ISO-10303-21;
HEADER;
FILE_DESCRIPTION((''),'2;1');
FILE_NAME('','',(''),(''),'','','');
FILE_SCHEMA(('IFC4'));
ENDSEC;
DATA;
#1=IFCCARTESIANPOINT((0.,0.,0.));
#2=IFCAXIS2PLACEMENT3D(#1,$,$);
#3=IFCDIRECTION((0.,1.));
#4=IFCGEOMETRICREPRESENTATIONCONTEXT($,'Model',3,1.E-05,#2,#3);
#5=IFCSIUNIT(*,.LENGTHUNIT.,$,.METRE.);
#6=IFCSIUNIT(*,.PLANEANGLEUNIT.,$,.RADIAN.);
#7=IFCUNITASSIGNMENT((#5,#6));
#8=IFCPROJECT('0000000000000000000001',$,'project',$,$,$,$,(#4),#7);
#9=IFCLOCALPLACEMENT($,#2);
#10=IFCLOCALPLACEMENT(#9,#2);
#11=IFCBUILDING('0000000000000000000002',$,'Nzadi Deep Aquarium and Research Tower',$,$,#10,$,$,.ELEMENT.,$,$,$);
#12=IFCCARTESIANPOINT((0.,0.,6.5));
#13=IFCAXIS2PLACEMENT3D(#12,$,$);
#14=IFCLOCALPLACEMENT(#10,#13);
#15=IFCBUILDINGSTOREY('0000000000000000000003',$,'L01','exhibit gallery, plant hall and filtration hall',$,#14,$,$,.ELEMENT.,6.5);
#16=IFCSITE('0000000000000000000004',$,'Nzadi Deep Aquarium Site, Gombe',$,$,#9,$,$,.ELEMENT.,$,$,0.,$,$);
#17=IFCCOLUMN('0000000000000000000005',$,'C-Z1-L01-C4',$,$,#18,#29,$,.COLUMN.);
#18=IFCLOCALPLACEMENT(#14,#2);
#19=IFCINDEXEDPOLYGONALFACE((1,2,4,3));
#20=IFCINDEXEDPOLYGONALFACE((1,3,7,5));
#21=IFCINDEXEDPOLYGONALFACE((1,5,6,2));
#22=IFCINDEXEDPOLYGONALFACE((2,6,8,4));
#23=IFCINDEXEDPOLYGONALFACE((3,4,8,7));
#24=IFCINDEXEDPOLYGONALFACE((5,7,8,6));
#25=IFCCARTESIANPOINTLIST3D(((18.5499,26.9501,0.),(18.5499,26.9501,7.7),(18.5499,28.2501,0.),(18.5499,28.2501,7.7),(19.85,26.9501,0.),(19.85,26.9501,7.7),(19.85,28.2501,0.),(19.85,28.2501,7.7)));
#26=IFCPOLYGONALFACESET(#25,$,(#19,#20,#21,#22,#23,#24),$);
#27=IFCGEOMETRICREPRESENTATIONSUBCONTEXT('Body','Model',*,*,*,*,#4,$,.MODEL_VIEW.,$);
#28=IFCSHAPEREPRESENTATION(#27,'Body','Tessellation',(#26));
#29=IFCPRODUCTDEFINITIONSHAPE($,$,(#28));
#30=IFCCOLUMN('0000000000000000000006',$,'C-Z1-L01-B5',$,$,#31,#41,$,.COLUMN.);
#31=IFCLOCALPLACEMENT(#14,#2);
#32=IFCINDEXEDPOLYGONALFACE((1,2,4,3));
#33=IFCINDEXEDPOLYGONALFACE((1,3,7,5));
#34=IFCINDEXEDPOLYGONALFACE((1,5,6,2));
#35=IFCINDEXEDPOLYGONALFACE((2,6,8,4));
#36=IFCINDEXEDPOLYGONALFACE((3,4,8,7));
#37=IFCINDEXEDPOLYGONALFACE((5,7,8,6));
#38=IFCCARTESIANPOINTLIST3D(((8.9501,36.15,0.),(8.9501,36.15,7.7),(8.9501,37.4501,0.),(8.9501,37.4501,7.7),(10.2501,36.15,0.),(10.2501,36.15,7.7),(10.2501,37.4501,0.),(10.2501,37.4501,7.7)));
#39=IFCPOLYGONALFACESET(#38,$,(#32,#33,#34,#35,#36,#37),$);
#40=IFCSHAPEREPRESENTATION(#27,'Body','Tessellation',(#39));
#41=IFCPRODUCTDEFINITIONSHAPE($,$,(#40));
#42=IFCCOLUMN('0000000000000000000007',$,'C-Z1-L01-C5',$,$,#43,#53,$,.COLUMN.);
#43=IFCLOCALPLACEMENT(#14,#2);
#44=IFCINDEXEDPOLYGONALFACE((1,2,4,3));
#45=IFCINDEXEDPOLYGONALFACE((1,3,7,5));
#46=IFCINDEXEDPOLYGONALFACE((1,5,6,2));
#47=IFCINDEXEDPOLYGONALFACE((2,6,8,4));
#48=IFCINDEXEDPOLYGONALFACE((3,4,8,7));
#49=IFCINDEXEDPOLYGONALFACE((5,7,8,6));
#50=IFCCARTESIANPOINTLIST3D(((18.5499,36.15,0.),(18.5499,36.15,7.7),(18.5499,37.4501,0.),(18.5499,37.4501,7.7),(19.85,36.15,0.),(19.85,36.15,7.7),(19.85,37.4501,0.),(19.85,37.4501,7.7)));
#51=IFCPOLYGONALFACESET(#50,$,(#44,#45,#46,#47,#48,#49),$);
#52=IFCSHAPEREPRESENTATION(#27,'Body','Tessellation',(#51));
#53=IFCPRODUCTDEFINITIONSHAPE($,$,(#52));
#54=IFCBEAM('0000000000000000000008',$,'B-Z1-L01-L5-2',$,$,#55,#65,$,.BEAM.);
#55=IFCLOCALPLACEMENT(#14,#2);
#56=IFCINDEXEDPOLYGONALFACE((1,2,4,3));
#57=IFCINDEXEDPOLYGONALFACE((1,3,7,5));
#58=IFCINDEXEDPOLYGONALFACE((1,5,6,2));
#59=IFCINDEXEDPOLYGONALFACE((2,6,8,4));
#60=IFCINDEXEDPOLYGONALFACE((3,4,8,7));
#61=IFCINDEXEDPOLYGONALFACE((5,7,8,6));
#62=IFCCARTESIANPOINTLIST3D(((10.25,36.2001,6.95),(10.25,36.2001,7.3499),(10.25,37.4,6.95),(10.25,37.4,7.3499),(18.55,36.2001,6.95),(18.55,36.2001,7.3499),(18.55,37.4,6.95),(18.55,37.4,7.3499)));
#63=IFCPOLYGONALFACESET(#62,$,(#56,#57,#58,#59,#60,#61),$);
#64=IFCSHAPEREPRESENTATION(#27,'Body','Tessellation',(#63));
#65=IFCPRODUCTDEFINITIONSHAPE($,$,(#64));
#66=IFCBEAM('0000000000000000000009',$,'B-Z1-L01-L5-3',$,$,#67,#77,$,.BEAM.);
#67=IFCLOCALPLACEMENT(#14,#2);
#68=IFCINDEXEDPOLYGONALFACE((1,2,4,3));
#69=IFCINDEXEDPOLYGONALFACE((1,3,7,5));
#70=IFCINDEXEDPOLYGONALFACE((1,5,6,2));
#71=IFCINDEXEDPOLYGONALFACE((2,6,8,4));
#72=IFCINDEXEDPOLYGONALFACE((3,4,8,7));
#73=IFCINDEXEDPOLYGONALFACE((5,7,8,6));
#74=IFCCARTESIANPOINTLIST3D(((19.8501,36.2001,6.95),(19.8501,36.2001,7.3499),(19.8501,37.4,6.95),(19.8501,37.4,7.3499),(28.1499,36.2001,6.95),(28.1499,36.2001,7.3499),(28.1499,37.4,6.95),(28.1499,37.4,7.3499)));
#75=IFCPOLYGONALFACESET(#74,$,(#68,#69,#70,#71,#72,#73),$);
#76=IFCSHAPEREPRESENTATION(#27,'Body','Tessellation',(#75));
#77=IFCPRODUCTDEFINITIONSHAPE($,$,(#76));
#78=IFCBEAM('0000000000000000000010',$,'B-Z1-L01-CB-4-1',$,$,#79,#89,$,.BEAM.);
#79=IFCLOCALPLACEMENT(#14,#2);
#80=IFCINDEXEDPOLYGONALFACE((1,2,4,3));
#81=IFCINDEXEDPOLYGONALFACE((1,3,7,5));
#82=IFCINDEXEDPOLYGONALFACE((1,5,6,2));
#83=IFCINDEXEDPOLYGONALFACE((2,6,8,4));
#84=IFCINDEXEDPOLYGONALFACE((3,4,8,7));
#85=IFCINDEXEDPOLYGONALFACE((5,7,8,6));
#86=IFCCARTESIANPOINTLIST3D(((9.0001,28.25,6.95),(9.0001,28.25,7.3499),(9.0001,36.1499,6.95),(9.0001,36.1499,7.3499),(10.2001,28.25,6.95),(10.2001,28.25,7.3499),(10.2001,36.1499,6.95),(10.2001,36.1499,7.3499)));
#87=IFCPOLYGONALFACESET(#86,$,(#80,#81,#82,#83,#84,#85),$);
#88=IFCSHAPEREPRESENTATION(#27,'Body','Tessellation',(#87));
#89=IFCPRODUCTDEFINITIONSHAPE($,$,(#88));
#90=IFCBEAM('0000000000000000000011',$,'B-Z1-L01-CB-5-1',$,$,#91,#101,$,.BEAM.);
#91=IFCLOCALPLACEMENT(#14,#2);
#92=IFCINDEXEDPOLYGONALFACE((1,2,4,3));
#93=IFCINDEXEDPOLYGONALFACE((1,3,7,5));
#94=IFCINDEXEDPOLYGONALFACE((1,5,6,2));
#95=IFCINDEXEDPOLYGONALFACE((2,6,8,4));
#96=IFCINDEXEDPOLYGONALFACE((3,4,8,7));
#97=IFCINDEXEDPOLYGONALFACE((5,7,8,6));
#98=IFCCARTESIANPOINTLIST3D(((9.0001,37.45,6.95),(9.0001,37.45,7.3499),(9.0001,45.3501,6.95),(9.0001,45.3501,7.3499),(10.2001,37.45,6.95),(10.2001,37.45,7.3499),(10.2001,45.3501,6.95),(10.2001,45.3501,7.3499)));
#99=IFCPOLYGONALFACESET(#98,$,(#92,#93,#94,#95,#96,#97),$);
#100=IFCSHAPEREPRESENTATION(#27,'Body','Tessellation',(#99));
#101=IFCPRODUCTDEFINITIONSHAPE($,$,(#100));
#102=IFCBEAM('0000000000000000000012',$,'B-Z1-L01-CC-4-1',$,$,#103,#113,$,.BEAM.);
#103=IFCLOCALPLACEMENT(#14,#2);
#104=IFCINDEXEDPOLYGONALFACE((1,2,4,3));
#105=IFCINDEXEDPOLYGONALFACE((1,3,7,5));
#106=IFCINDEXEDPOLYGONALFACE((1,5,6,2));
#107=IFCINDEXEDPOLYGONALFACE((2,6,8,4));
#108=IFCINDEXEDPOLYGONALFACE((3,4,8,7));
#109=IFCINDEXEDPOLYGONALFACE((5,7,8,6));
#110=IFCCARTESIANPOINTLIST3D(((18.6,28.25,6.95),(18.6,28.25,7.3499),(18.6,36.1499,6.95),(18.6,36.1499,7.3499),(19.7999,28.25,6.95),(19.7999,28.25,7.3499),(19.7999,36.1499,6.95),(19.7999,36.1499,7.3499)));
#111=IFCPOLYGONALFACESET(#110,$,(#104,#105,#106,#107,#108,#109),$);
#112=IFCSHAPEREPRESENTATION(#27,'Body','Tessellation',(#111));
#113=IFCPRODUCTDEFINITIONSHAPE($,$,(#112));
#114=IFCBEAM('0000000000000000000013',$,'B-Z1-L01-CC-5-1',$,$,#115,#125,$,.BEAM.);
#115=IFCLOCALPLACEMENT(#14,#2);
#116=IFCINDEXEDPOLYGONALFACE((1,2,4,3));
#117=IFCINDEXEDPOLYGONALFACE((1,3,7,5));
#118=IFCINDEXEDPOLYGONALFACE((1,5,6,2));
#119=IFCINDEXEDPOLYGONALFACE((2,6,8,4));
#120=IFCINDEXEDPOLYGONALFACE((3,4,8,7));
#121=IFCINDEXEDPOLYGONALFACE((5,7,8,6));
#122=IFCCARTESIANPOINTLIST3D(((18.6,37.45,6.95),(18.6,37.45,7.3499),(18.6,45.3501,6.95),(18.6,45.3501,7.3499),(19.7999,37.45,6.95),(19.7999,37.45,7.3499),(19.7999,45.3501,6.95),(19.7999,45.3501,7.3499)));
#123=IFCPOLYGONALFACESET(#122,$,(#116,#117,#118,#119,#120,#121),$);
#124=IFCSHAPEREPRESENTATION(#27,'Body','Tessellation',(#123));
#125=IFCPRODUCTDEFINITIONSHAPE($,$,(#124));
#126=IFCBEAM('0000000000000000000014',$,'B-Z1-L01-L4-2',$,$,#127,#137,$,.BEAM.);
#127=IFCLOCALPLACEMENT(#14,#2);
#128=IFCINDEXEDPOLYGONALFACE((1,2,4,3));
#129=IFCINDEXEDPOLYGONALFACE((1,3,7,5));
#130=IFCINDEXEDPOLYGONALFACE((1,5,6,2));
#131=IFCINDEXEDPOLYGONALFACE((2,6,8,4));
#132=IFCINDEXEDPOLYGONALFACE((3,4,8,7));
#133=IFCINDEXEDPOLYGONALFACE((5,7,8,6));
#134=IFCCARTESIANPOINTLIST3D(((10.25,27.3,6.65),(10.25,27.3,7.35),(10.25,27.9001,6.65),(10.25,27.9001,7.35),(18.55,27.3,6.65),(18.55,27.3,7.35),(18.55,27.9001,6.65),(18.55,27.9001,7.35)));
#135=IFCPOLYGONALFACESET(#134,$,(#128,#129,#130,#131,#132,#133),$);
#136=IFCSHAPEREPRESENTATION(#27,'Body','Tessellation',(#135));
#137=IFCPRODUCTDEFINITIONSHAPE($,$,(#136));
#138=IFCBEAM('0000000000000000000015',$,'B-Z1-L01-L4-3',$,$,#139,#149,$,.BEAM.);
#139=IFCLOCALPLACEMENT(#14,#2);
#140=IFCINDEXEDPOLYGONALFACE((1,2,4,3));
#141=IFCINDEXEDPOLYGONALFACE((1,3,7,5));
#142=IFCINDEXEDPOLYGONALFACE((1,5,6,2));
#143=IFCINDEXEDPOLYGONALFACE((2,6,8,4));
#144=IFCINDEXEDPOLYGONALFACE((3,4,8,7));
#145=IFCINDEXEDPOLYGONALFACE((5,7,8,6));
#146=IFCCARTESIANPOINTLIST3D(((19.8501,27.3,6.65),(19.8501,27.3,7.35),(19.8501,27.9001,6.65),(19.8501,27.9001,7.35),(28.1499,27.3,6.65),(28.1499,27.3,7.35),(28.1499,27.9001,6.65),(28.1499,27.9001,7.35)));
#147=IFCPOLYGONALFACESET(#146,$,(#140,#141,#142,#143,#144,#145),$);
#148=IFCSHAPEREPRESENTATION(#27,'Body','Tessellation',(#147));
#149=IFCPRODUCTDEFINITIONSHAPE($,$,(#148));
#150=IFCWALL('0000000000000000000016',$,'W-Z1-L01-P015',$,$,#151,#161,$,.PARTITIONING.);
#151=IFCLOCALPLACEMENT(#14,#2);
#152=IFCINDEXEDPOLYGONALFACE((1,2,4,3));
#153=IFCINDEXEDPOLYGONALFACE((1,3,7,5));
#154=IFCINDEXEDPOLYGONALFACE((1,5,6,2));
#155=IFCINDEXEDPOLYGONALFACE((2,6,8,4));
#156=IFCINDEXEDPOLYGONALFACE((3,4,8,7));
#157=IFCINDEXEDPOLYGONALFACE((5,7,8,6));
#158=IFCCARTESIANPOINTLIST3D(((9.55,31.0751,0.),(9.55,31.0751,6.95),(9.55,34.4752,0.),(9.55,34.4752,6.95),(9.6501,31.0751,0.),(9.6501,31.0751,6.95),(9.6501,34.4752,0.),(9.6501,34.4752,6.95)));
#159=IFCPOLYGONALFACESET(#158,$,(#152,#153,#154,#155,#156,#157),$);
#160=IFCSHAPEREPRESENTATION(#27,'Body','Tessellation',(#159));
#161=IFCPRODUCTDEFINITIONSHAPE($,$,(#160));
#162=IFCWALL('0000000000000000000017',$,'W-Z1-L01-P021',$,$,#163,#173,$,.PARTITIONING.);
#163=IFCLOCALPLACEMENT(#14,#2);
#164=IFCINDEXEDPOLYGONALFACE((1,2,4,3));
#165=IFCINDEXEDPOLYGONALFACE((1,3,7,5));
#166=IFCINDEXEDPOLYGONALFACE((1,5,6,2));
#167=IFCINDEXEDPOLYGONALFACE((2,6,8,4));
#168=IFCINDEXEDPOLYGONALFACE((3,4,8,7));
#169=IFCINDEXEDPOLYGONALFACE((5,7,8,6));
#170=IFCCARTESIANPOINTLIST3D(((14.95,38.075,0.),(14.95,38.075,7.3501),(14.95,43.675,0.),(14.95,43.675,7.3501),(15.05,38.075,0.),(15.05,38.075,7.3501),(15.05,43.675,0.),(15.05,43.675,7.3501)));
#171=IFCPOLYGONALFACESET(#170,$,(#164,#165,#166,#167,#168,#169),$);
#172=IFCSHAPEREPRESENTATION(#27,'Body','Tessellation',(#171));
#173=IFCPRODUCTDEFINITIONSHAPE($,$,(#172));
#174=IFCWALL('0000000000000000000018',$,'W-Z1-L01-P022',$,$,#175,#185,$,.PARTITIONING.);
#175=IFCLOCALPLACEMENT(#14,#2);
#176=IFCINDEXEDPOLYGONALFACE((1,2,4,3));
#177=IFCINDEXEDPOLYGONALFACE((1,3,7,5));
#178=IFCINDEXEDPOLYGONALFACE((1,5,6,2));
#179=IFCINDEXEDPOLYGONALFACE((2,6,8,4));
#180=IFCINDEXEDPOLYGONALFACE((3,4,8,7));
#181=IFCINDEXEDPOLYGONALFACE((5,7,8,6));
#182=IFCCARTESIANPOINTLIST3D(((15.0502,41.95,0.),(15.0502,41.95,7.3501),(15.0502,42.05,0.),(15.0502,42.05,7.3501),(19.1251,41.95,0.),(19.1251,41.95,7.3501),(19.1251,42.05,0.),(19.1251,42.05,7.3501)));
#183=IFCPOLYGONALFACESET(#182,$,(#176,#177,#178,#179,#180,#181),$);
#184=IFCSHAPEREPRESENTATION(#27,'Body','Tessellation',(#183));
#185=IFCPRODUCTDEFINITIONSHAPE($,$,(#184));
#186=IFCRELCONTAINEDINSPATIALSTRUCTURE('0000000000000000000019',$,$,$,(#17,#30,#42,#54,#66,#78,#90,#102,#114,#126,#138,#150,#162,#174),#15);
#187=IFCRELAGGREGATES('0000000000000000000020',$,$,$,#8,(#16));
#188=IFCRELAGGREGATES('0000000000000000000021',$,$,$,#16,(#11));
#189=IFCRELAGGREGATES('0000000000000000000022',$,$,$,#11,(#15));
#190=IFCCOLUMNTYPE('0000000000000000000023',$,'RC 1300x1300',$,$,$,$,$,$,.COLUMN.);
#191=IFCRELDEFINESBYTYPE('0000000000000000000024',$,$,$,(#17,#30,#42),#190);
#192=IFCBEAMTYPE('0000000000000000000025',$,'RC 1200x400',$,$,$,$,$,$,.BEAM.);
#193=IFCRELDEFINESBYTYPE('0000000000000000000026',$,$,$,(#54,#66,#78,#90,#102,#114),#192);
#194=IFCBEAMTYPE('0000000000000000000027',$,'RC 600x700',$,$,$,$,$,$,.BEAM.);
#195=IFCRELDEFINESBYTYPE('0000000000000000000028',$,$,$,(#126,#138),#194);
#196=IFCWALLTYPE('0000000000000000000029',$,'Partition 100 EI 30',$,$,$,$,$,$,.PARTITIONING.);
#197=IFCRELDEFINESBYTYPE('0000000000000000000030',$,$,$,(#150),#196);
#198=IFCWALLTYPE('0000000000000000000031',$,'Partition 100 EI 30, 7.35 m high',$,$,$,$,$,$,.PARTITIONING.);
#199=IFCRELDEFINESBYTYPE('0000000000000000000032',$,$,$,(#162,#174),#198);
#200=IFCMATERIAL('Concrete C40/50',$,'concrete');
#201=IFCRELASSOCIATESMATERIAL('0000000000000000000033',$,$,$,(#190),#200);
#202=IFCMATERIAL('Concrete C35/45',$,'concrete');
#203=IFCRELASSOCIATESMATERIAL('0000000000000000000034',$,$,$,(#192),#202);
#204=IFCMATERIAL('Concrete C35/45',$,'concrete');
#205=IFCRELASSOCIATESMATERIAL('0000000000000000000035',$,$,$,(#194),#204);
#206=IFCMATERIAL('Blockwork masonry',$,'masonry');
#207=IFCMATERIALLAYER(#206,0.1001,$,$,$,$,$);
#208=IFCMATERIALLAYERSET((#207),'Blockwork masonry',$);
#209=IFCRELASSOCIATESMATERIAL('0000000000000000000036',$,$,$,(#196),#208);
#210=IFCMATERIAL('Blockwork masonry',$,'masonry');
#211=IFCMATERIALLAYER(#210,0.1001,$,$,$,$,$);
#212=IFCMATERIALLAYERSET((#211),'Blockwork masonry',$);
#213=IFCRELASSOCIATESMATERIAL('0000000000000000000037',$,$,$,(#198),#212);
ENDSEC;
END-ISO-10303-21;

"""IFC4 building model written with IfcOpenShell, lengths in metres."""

from ifc_helpers import new_model, si_unit, direction, frame, frame_2d, origin, origin_2d, place, context, subcontext, project, spatial, rectangle, extrude, material, layer, layer_set, material_profile, profile_set, type_object, element, save


model = new_model("IFC4")

# Units and contexts
model_context = context("Model", 3, precision=1e-05, world=origin(), true_north=direction((0.0, 1.0)))
body_context = subcontext(model_context, "Body", "Model", "MODEL_VIEW")
ifc_project = project(units=[si_unit("LENGTHUNIT", "METRE"), si_unit("PLANEANGLEUNIT", "RADIAN")], contexts=[model_context])

# Site, building, storey
site_placement = place(None, origin())
site = spatial("IfcSite", under=ifc_project, at=site_placement, Name="Nzadi Deep Aquarium Site, Gombe", CompositionType="ELEMENT", RefElevation=0.0)
building_placement = place(site_placement, origin())
building = spatial("IfcBuilding", under=site, at=building_placement, Name="Nzadi Deep Aquarium and Research Tower", CompositionType="ELEMENT")
storey_placement = place(building_placement, frame((0.0, 0.0, 6.5)))
storey = spatial("IfcBuildingStorey", under=building, at=storey_placement, Name="L01", Description="exhibit gallery, plant hall and filtration hall", CompositionType="ELEMENT", Elevation=6.5)

# Columns
ifc_material_1 = material(Name="Concrete C40/50", Category="concrete")
ifc_material_profile_1 = material_profile(ifc_material_1, rectangle(XDim=1.3, YDim=1.3, at=origin_2d()))
ifc_profile_set_1 = profile_set([ifc_material_profile_1], Name="Concrete C40/50")
column_type = type_object("IfcColumnType", Name="RC 1300x1300", PredefinedType="COLUMN", material=ifc_profile_set_1)
for number, where, z_axis, x_axis, name in (
    (1, (19.2, 27.6001, 0.0), (0.0, 0.0, 1.0), (1.0, 0.0, 0.0), "C-Z1-L01-C4"),
    (2, (9.6001, 36.8, 0.0), (0.0, 0.0, 1.0), (1.0, 0.0, 0.0), "C-Z1-L01-B5"),
    (3, (19.2, 36.8, 0.0), (0.0, 0.0, 1.0), (1.0, 0.0, 0.0), "C-Z1-L01-C5"),
):
    element("IfcColumn", number, at=place(storey_placement, frame(where, z_axis=z_axis, x_axis=x_axis)), inside=storey, type_object=column_type, Name=name, PredefinedType="COLUMN", context=body_context, shape_type="SweptSolid", body=[
        extrude(rectangle(XDim=1.3, YDim=1.3, at=origin_2d()), origin(), (0.0, 0.0, 1.0), 7.7),
    ])

# Beams
ifc_material_2 = material(Name="Concrete C35/45", Category="concrete")
ifc_material_profile_2 = material_profile(ifc_material_2, rectangle(XDim=1.2, YDim=0.3999, at=origin_2d()))
ifc_profile_set_2 = profile_set([ifc_material_profile_2], Name="Concrete C35/45")
beam_type_1 = type_object("IfcBeamType", Name="RC 1200x400", PredefinedType="BEAM", material=ifc_profile_set_2)
beam_1_placement = place(storey_placement, frame((10.25, 36.8, 7.1499), z_axis=(1.0, 0.0, 0.0), x_axis=(0.0, 1.0, 0.0)))
element("IfcBeam", 4, at=beam_1_placement, inside=storey, type_object=beam_type_1, Name="B-Z1-L01-L5-2", PredefinedType="BEAM", context=body_context, shape_type="SweptSolid", body=[
    extrude(rectangle(XDim=1.2, YDim=0.3999, at=origin_2d()), origin(), (0.0, 0.0, 1.0), 8.3),
])
beam_2_placement = place(storey_placement, frame((19.8501, 36.8, 7.1499), z_axis=(1.0, 0.0, 0.0), x_axis=(0.0, 1.0, 0.0)))
element("IfcBeam", 5, at=beam_2_placement, inside=storey, type_object=beam_type_1, Name="B-Z1-L01-L5-3", PredefinedType="BEAM", context=body_context, shape_type="SweptSolid", body=[
    extrude(rectangle(XDim=1.2, YDim=0.3999, at=origin_2d()), origin(), (0.0, 0.0, 1.0), 8.2998),
])
beam_3_placement = place(storey_placement, frame((9.6001, 28.25, 7.1499), z_axis=(0.0, 1.0, 0.0), x_axis=(-1.0, 0.0, 0.0)))
element("IfcBeam", 6, at=beam_3_placement, inside=storey, type_object=beam_type_1, Name="B-Z1-L01-CB-4-1", PredefinedType="BEAM", context=body_context, shape_type="SweptSolid", body=[
    extrude(rectangle(XDim=1.2, YDim=0.3999, at=origin_2d()), origin(), (0.0, 0.0, 1.0), 7.8999),
])
beam_4_placement = place(storey_placement, frame((9.6001, 37.45, 7.1499), z_axis=(0.0, 1.0, 0.0), x_axis=(-1.0, 0.0, 0.0)))
element("IfcBeam", 7, at=beam_4_placement, inside=storey, type_object=beam_type_1, Name="B-Z1-L01-CB-5-1", PredefinedType="BEAM", context=body_context, shape_type="SweptSolid", body=[
    extrude(rectangle(XDim=1.2, YDim=0.3999, at=origin_2d()), origin(), (0.0, 0.0, 1.0), 7.9001),
])
beam_5_placement = place(storey_placement, frame((19.2, 28.25, 7.1499), z_axis=(0.0, 1.0, 0.0), x_axis=(-1.0, 0.0, 0.0)))
element("IfcBeam", 8, at=beam_5_placement, inside=storey, type_object=beam_type_1, Name="B-Z1-L01-CC-4-1", PredefinedType="BEAM", context=body_context, shape_type="SweptSolid", body=[
    extrude(rectangle(XDim=1.2, YDim=0.3999, at=origin_2d()), origin(), (0.0, 0.0, 1.0), 7.8999),
])
beam_6_placement = place(storey_placement, frame((19.2, 37.45, 7.1499), z_axis=(0.0, 1.0, 0.0), x_axis=(-1.0, 0.0, 0.0)))
element("IfcBeam", 9, at=beam_6_placement, inside=storey, type_object=beam_type_1, Name="B-Z1-L01-CC-5-1", PredefinedType="BEAM", context=body_context, shape_type="SweptSolid", body=[
    extrude(rectangle(XDim=1.2, YDim=0.3999, at=origin_2d()), origin(), (0.0, 0.0, 1.0), 7.9001),
])
ifc_material_3 = material(Name="Concrete C35/45", Category="concrete")
ifc_material_profile_3 = material_profile(ifc_material_3, rectangle(XDim=0.6001, YDim=0.7, at=origin_2d()))
ifc_profile_set_3 = profile_set([ifc_material_profile_3], Name="Concrete C35/45")
beam_type_2 = type_object("IfcBeamType", Name="RC 600x700", PredefinedType="BEAM", material=ifc_profile_set_3)
beam_7_placement = place(storey_placement, frame((10.25, 27.6001, 7.0), z_axis=(1.0, 0.0, 0.0), x_axis=(0.0, 1.0, 0.0)))
element("IfcBeam", 10, at=beam_7_placement, inside=storey, type_object=beam_type_2, Name="B-Z1-L01-L4-2", PredefinedType="BEAM", context=body_context, shape_type="SweptSolid", body=[
    extrude(rectangle(XDim=0.6001, YDim=0.7, at=origin_2d()), origin(), (0.0, 0.0, 1.0), 8.3),
])
beam_8_placement = place(storey_placement, frame((19.8501, 27.6001, 7.0), z_axis=(1.0, 0.0, 0.0), x_axis=(0.0, 1.0, 0.0)))
element("IfcBeam", 11, at=beam_8_placement, inside=storey, type_object=beam_type_2, Name="B-Z1-L01-L4-3", PredefinedType="BEAM", context=body_context, shape_type="SweptSolid", body=[
    extrude(rectangle(XDim=0.6001, YDim=0.7, at=origin_2d()), origin(), (0.0, 0.0, 1.0), 8.2998),
])

# Walls
ifc_material_4 = material(Name="Blockwork masonry", Category="masonry")
ifc_layer_1 = layer(ifc_material_4, 0.1001)
ifc_layer_set_1 = layer_set([ifc_layer_1], Name="Blockwork masonry")
wall_type_1 = type_object("IfcWallType", Name="Partition 100 EI 30", PredefinedType="PARTITIONING", material=ifc_layer_set_1)
wall_1_placement = place(storey_placement, frame((9.6001, 31.075, 0.0), z_axis=(0.0, 0.0, 1.0), x_axis=(0.0, 1.0, 0.0)))
element("IfcWall", 12, at=wall_1_placement, inside=storey, type_object=wall_type_1, Name="W-Z1-L01-P015", PredefinedType="PARTITIONING", context=body_context, shape_type="SweptSolid", body=[
    extrude(rectangle(XDim=3.4001, YDim=0.1001, at=frame_2d((1.7002, 0.0))), origin(), (0.0, 0.0, 1.0), 6.95),
])
ifc_material_5 = material(Name="Blockwork masonry", Category="masonry")
ifc_layer_2 = layer(ifc_material_5, 0.1001)
ifc_layer_set_2 = layer_set([ifc_layer_2], Name="Blockwork masonry")
wall_type_2 = type_object("IfcWallType", Name="Partition 100 EI 30, 7.35 m high", PredefinedType="PARTITIONING", material=ifc_layer_set_2)
wall_2_placement = place(storey_placement, frame((15.0, 38.075, 0.0), z_axis=(0.0, 0.0, 1.0), x_axis=(0.0, 1.0, 0.0)))
element("IfcWall", 13, at=wall_2_placement, inside=storey, type_object=wall_type_2, Name="W-Z1-L01-P021", PredefinedType="PARTITIONING", context=body_context, shape_type="SweptSolid", body=[
    extrude(rectangle(XDim=5.6001, YDim=0.1001, at=frame_2d((2.8, 0.0))), origin(), (0.0, 0.0, 1.0), 7.3501),
])
wall_3_placement = place(storey_placement, frame((15.05, 42.0, 0.0), z_axis=(0.0, 0.0, 1.0), x_axis=(1.0, 0.0, 0.0)))
element("IfcWall", 14, at=wall_3_placement, inside=storey, type_object=wall_type_2, Name="W-Z1-L01-P022", PredefinedType="PARTITIONING", context=body_context, shape_type="SweptSolid", body=[
    extrude(rectangle(XDim=4.075, YDim=0.1001, at=frame_2d((2.0376, 0.0))), origin(), (0.0, 0.0, 1.0), 7.3501),
])

save(model, "model.ifc")
